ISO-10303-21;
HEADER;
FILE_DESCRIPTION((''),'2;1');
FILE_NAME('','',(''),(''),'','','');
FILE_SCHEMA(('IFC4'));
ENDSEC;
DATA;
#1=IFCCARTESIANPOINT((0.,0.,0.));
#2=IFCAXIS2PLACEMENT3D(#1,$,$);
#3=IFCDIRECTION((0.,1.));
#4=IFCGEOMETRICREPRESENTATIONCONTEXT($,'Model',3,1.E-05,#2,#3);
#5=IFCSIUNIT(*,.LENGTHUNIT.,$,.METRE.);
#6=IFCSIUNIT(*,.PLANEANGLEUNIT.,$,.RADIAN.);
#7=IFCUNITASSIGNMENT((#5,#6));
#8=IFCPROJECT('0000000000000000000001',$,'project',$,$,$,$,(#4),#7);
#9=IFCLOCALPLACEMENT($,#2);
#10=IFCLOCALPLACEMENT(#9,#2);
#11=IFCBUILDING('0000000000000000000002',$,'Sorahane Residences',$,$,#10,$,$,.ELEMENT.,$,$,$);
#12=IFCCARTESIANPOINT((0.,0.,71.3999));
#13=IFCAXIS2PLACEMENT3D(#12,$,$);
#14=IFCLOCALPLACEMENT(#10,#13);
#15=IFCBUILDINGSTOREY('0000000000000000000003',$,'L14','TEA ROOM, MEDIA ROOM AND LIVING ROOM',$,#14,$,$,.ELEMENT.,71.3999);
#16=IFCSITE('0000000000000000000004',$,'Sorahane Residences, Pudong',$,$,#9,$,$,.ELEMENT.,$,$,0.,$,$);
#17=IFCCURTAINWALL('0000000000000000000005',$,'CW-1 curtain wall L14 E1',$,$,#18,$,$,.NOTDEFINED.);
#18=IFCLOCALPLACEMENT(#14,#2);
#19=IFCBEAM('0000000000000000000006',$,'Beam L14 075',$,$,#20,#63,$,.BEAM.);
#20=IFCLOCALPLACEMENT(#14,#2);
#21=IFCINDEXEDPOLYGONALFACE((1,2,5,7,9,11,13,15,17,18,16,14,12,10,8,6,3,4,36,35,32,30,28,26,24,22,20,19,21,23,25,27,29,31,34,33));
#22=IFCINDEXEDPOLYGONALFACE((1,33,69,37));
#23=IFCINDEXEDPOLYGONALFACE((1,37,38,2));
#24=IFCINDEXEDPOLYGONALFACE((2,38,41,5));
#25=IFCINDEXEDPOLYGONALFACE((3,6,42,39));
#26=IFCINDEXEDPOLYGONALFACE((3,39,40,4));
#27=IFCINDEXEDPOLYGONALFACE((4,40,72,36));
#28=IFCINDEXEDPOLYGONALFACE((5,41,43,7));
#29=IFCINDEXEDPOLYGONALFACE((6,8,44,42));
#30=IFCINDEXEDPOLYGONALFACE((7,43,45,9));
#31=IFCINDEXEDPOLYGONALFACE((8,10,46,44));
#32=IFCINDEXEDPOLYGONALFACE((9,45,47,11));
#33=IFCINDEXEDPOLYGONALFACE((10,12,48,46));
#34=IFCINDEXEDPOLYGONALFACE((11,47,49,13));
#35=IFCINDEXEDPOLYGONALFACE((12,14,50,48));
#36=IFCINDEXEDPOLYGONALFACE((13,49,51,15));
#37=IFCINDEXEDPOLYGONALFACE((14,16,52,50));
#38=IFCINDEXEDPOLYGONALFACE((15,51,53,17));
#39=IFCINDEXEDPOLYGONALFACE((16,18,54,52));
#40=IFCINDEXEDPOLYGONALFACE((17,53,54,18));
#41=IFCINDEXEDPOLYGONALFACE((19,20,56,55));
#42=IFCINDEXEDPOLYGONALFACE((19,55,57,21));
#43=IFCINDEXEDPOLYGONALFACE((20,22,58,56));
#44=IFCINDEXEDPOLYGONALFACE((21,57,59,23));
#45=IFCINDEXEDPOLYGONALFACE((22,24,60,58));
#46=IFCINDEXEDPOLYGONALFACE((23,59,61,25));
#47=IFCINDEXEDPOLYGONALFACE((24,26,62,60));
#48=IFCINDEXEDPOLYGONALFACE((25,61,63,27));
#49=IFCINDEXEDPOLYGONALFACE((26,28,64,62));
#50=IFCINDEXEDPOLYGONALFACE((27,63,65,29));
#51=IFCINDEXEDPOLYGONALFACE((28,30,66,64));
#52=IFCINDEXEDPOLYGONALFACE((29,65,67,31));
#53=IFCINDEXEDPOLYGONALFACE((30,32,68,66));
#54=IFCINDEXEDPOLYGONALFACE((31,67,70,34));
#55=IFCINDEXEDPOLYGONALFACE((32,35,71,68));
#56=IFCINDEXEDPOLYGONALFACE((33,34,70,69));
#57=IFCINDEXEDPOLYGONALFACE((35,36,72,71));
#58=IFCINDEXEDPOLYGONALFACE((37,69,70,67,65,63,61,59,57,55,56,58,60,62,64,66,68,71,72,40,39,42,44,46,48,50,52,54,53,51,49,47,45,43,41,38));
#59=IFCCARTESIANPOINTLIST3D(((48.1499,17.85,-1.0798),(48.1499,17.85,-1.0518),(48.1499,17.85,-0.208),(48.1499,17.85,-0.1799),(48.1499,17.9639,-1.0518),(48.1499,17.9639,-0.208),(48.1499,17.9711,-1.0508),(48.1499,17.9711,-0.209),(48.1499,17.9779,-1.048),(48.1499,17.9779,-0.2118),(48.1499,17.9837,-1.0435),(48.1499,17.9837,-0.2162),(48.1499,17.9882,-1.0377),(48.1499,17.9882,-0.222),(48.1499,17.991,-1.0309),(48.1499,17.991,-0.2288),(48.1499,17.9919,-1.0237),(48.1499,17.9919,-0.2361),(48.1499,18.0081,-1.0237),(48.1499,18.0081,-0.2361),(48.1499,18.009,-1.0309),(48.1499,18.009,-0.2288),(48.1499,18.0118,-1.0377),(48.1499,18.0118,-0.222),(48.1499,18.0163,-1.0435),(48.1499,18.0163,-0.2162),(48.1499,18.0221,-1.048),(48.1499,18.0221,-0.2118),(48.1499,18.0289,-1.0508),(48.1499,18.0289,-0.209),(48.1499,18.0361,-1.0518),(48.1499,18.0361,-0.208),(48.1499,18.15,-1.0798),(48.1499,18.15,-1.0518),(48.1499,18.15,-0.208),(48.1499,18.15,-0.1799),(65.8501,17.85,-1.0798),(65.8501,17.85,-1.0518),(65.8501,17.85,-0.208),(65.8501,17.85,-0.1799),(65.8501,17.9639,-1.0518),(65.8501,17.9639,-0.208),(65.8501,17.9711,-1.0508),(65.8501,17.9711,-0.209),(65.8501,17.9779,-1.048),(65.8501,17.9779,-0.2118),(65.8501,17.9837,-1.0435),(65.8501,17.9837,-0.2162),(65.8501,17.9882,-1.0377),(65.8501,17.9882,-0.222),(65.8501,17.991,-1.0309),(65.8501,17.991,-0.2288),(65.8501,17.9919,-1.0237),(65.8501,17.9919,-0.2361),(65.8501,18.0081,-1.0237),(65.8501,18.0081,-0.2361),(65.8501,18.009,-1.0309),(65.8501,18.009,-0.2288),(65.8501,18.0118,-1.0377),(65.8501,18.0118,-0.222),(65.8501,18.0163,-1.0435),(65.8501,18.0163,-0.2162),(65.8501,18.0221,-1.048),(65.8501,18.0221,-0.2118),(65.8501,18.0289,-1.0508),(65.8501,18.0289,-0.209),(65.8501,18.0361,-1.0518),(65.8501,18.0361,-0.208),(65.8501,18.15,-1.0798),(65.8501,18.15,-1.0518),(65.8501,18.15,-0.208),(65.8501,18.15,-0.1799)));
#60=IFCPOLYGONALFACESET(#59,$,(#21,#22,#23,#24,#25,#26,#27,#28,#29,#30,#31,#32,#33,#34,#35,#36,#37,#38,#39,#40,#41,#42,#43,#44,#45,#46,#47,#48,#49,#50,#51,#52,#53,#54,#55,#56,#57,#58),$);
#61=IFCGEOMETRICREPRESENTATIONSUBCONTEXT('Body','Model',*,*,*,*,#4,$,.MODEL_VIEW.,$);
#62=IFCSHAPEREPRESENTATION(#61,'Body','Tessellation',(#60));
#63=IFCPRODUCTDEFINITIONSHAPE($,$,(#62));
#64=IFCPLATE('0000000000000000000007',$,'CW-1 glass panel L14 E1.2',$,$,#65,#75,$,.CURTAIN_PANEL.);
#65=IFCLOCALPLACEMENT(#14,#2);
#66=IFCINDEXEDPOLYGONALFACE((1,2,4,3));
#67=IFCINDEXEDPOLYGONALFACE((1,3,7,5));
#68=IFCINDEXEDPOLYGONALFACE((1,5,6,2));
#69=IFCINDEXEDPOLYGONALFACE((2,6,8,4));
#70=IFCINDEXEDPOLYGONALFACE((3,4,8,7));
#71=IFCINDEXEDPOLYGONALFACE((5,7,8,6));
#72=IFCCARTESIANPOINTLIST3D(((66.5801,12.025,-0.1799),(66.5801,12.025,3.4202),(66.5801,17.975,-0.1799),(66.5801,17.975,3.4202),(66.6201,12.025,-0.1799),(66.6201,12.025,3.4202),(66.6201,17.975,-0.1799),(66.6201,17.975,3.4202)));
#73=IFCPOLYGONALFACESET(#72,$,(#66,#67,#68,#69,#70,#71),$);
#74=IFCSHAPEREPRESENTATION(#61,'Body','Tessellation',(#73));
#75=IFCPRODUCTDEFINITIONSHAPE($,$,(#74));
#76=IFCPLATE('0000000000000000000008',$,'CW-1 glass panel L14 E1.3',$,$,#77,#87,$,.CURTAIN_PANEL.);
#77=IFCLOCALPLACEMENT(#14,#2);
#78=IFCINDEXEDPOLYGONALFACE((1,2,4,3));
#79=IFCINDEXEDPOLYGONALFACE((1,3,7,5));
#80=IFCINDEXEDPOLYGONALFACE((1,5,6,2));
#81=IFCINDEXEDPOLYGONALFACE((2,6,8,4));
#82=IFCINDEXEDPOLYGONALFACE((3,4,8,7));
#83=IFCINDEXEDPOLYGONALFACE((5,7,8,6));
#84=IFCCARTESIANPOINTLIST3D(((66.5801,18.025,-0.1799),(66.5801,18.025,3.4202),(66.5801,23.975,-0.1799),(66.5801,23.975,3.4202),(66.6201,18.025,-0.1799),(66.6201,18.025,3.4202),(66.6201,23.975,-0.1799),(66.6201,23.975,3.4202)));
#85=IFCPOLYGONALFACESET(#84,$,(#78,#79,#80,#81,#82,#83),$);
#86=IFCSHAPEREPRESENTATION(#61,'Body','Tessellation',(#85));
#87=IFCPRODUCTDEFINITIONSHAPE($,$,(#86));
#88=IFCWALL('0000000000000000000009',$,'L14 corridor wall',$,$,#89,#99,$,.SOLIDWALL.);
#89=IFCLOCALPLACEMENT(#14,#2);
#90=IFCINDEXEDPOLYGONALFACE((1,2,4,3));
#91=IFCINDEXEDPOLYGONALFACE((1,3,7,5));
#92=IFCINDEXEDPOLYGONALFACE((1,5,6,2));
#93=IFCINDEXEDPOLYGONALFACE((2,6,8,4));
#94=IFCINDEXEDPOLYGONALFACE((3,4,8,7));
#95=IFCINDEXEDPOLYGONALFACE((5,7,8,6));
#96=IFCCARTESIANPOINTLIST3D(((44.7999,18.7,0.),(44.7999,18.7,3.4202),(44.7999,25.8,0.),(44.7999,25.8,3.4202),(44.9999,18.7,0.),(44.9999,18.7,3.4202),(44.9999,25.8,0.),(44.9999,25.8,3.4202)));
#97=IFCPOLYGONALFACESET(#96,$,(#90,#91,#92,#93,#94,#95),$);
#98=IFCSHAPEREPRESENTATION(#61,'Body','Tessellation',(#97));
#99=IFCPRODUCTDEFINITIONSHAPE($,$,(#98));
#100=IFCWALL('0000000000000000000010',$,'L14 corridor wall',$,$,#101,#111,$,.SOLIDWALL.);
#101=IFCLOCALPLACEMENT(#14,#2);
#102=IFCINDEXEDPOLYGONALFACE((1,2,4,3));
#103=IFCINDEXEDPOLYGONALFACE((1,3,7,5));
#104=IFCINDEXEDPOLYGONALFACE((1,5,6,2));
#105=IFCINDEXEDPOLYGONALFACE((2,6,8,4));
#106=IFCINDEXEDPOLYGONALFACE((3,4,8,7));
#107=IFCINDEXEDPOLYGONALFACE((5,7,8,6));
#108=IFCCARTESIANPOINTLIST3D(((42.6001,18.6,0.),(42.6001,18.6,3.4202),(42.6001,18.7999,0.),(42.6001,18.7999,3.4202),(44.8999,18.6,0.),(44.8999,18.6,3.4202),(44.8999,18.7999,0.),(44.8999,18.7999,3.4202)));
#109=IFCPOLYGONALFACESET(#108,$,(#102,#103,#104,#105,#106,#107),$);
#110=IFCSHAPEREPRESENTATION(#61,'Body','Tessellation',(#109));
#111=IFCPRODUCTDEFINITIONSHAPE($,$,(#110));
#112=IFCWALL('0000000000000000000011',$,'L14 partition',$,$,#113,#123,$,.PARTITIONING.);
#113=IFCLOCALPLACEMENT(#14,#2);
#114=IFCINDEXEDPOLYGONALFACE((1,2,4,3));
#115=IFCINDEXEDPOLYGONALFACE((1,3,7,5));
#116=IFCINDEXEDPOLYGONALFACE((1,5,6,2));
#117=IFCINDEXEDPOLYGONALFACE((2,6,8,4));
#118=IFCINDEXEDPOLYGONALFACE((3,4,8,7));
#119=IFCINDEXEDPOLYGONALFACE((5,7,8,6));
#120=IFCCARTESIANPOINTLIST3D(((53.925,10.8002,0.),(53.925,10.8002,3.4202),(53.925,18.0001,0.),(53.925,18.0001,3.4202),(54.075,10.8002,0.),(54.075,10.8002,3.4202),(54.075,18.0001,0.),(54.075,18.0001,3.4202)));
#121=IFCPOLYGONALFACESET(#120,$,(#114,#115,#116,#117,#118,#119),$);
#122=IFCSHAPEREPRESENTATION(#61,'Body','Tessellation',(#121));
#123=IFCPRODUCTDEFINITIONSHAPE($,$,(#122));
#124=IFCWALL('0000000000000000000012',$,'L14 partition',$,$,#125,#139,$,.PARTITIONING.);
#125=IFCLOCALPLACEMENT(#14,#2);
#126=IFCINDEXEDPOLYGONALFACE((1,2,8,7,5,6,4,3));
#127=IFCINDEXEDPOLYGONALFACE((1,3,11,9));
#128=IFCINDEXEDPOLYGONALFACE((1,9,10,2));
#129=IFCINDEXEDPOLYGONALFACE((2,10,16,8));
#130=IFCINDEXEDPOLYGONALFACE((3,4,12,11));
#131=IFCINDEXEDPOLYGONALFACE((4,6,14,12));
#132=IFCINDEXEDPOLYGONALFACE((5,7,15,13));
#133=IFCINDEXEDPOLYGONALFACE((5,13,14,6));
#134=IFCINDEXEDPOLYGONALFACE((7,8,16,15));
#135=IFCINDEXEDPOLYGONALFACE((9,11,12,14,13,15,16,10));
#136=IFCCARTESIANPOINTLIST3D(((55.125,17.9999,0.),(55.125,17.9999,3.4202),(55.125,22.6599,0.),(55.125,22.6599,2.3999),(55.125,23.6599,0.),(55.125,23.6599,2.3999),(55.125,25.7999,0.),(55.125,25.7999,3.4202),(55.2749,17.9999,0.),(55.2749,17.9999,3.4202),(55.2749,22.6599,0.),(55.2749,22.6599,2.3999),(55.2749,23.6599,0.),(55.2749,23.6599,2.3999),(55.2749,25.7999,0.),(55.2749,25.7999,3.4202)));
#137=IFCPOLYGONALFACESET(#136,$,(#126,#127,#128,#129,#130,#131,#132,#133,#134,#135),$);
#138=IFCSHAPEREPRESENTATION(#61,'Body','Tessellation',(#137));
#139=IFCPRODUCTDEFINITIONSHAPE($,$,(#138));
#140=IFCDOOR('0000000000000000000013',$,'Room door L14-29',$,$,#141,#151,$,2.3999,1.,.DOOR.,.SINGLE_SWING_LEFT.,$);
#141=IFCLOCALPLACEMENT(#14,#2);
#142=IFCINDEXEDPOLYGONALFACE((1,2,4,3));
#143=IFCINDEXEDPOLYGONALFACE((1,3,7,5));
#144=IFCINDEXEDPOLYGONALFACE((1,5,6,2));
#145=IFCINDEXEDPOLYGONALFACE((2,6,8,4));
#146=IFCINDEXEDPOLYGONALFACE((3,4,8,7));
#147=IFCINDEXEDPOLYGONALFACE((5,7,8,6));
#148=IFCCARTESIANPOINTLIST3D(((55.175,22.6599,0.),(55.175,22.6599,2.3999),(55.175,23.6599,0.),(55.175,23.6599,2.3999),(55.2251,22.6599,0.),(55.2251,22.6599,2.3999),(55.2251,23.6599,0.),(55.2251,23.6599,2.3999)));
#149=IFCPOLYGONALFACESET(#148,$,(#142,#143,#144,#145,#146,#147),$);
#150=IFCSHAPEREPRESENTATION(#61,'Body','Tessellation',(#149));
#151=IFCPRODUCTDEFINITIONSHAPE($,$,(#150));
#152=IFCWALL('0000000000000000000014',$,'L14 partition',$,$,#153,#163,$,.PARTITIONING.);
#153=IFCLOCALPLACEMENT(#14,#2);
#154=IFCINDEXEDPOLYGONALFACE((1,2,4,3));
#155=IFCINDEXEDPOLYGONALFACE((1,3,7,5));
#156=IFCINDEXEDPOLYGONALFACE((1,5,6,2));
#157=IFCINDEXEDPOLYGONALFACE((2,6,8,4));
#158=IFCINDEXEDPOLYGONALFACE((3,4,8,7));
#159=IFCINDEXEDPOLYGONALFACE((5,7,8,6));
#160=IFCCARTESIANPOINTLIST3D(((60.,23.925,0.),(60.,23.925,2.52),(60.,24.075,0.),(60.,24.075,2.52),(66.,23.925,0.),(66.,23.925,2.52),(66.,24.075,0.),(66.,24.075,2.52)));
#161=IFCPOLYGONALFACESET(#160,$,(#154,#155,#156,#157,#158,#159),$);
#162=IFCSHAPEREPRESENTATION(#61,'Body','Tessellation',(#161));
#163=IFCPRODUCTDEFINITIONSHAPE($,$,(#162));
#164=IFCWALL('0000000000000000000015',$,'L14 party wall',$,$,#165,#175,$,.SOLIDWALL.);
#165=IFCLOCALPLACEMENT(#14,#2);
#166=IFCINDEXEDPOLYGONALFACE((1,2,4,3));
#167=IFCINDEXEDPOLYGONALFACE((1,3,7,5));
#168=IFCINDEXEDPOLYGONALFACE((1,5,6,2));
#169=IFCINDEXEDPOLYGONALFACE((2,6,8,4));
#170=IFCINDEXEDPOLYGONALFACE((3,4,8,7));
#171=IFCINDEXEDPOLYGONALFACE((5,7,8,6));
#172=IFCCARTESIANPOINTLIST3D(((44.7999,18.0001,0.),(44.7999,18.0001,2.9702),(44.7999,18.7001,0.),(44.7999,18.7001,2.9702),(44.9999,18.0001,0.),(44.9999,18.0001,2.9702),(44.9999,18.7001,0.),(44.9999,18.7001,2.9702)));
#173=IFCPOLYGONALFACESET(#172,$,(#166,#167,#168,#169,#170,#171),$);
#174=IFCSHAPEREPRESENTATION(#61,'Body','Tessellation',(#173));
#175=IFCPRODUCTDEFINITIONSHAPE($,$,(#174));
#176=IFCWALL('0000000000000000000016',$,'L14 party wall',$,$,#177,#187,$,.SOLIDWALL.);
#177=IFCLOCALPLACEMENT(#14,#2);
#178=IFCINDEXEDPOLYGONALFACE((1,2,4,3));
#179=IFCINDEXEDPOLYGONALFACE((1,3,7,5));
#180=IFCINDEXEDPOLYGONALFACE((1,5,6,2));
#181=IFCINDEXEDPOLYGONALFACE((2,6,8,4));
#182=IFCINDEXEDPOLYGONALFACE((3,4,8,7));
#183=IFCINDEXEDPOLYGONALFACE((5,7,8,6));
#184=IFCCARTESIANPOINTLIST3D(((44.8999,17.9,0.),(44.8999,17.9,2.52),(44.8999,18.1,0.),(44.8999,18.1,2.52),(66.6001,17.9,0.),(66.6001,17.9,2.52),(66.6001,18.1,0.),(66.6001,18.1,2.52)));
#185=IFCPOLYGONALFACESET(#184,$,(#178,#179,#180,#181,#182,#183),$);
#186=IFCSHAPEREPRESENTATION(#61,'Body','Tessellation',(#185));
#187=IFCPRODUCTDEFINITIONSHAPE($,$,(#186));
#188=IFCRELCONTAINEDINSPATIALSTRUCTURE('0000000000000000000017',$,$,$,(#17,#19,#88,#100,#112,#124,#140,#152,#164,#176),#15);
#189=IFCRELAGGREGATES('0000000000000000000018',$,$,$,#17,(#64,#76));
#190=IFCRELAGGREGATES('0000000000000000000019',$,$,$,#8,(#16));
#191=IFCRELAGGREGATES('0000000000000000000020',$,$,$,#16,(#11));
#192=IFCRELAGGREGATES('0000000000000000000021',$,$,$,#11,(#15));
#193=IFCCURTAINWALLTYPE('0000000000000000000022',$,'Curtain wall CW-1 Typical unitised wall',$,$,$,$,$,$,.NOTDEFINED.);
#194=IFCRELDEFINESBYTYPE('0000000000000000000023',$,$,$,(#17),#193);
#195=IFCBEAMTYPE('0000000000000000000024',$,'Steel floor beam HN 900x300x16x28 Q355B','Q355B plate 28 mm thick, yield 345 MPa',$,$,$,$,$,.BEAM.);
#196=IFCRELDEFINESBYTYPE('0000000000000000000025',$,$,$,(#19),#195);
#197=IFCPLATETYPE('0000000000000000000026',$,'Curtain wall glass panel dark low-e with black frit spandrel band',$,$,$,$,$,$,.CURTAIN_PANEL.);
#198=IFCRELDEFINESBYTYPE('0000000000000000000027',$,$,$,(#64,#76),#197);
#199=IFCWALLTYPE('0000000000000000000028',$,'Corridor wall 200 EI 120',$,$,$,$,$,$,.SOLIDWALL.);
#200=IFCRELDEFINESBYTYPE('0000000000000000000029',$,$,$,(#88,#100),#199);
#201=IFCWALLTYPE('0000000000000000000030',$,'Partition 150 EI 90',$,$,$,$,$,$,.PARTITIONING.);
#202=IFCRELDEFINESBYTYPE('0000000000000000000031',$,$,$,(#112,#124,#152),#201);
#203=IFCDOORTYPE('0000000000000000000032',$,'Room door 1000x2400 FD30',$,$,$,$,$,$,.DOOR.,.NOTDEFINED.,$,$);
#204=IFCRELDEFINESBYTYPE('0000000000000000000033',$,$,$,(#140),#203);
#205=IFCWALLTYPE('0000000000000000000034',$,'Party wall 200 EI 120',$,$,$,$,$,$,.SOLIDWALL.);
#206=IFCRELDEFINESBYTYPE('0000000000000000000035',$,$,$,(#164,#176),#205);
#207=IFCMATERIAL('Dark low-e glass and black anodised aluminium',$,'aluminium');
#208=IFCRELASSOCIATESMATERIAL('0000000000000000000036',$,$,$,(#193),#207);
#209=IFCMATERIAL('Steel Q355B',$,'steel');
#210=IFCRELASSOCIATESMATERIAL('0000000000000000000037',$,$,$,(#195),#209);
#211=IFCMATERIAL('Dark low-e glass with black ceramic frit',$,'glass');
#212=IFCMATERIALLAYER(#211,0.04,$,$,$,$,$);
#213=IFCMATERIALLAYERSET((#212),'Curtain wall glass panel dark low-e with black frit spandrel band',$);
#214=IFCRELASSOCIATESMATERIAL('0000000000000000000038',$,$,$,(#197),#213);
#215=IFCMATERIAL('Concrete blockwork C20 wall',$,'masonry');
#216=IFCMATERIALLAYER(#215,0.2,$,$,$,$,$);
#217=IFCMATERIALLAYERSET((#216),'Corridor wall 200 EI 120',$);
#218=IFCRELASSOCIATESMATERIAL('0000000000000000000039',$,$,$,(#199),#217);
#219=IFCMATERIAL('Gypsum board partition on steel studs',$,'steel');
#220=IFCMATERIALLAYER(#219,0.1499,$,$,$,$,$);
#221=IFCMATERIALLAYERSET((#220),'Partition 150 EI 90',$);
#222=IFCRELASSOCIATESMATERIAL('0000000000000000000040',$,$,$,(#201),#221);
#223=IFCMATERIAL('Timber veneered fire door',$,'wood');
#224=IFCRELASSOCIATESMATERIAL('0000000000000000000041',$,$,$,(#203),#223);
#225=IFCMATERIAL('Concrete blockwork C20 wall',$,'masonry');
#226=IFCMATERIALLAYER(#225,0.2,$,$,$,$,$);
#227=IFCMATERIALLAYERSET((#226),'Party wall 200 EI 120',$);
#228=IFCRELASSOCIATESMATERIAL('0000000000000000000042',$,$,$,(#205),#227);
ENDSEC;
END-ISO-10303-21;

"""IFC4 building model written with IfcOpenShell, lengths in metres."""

from ifc_helpers import new_model, si_unit, direction, frame, frame_2d, origin, origin_2d, place, context, subcontext, project, spatial, rectangle, i_section, extrude, material, layer, layer_set, material_profile, profile_set, type_object, element, fill, aggregate, save


model = new_model("IFC4")

# Units and contexts
model_context = context("Model", 3, precision=1e-05, world=origin(), true_north=direction((0.0, 1.0)))
body_context = subcontext(model_context, "Body", "Model", "MODEL_VIEW")
ifc_project = project(units=[si_unit("LENGTHUNIT", "METRE"), si_unit("PLANEANGLEUNIT", "RADIAN")], contexts=[model_context])

# Site, building, storey
site_placement = place(None, origin())
site = spatial("IfcSite", under=ifc_project, at=site_placement, Name="Sorahane Residences, Pudong", CompositionType="ELEMENT", RefElevation=0.0)
building_placement = place(site_placement, origin())
building = spatial("IfcBuilding", under=site, at=building_placement, Name="Sorahane Residences", CompositionType="ELEMENT")
storey_placement = place(building_placement, frame((0.0, 0.0, 71.3999)))
storey = spatial("IfcBuildingStorey", under=building, at=storey_placement, Name="L14", Description="TEA ROOM, MEDIA ROOM AND LIVING ROOM", CompositionType="ELEMENT", Elevation=71.3999)

# Curtain wall
ifc_material_1 = material(Name="Dark low-e glass and black anodised aluminium", Category="aluminium")
curtain_wall_type = type_object("IfcCurtainWallType", Name="Curtain wall CW-1 Typical unitised wall", PredefinedType="NOTDEFINED", material=ifc_material_1)
curtain_wall_placement = place(storey_placement, origin())
curtain_wall = element("IfcCurtainWall", 1, at=curtain_wall_placement, inside=storey, type_object=curtain_wall_type, Name="CW-1 curtain wall L14 E1", PredefinedType="NOTDEFINED")

# Beam
ifc_material_2 = material(Name="Steel Q355B", Category="steel")
ifc_material_profile_1 = material_profile(ifc_material_2, i_section(OverallWidth=0.3, OverallDepth=0.8999, WebThickness=0.0161, FlangeThickness=0.0281, FilletRadius=0.0281, at=origin_2d()), Name="HN 900x300x16x28")
ifc_profile_set_1 = profile_set([ifc_material_profile_1], Name="Steel Q355B")
beam_type_1 = type_object("IfcBeamType", Name="Steel floor beam HN 900x300x16x28 Q355B", Description="Q355B plate 28 mm thick, yield 345 MPa", PredefinedType="BEAM", material=ifc_profile_set_1)
beam_1_placement = place(storey_placement, frame((48.1499, 18.0, -0.6299), z_axis=(1.0, 0.0, 0.0), x_axis=(0.0, 1.0, 0.0)))
element("IfcBeam", 2, at=beam_1_placement, inside=storey, type_object=beam_type_1, Name="Beam L14 075", PredefinedType="BEAM", context=body_context, shape_type="SweptSolid", body=[
    extrude(i_section(OverallWidth=0.3, OverallDepth=0.8999, WebThickness=0.0161, FlangeThickness=0.0281, FilletRadius=0.0281, at=origin_2d()), origin(), (0.0, 0.0, 1.0), 17.7002),
])

# Plates
ifc_material_3 = material(Name="Dark low-e glass with black ceramic frit", Category="glass")
ifc_layer_1 = layer(ifc_material_3, 0.04)
ifc_layer_set_1 = layer_set([ifc_layer_1], Name="Curtain wall glass panel dark low-e with black frit spandrel band")
plate_type = type_object("IfcPlateType", Name="Curtain wall glass panel dark low-e with black frit spandrel band", PredefinedType="CURTAIN_PANEL", material=ifc_layer_set_1)
plate_1_placement = place(storey_placement, frame((66.6001, 15.0, -0.1799), z_axis=(0.0, 0.0, 1.0), x_axis=(0.0, 1.0, 0.0)))
plate_1 = element("IfcPlate", 3, at=plate_1_placement, type_object=plate_type, Name="CW-1 glass panel L14 E1.2", PredefinedType="CURTAIN_PANEL", context=body_context, shape_type="SweptSolid", body=[
    extrude(rectangle(XDim=5.95, YDim=0.04, at=origin_2d()), origin(), (0.0, 0.0, 1.0), 3.6001),
])
plate_2_placement = place(storey_placement, frame((66.6001, 21.0, -0.1799), z_axis=(0.0, 0.0, 1.0), x_axis=(0.0, 1.0, 0.0)))
plate_2 = element("IfcPlate", 4, at=plate_2_placement, type_object=plate_type, Name="CW-1 glass panel L14 E1.3", PredefinedType="CURTAIN_PANEL", context=body_context, shape_type="SweptSolid", body=[
    extrude(rectangle(XDim=5.95, YDim=0.04, at=origin_2d()), origin(), (0.0, 0.0, 1.0), 3.6001),
])
aggregate(curtain_wall, [plate_1, plate_2])

# Walls
ifc_material_4 = material(Name="Concrete blockwork C20 wall", Category="masonry")
ifc_layer_2 = layer(ifc_material_4, 0.2)
ifc_layer_set_2 = layer_set([ifc_layer_2], Name="Corridor wall 200 EI 120")
wall_type_1 = type_object("IfcWallType", Name="Corridor wall 200 EI 120", PredefinedType="SOLIDWALL", material=ifc_layer_set_2)
wall_1_placement = place(storey_placement, frame((44.8999, 18.7, 0.0), z_axis=(0.0, 0.0, 1.0), x_axis=(0.0, 1.0, 0.0)))
element("IfcWall", 5, at=wall_1_placement, inside=storey, type_object=wall_type_1, Name="L14 corridor wall", PredefinedType="SOLIDWALL", context=body_context, shape_type="SweptSolid", body=[
    extrude(rectangle(XDim=7.1001, YDim=0.2, at=frame_2d((3.55, 0.0))), origin(), (0.0, 0.0, 1.0), 3.4202),
])
wall_2_placement = place(storey_placement, frame((42.6001, 18.7, 0.0), z_axis=(0.0, 0.0, 1.0), x_axis=(1.0, 0.0, 0.0)))
element("IfcWall", 6, at=wall_2_placement, inside=storey, type_object=wall_type_1, Name="L14 corridor wall", PredefinedType="SOLIDWALL", context=body_context, shape_type="SweptSolid", body=[
    extrude(rectangle(XDim=2.2998, YDim=0.2, at=frame_2d((1.1499, 0.0))), origin(), (0.0, 0.0, 1.0), 3.4202),
])
ifc_material_5 = material(Name="Gypsum board partition on steel studs", Category="steel")
ifc_layer_3 = layer(ifc_material_5, 0.1499)
ifc_layer_set_3 = layer_set([ifc_layer_3], Name="Partition 150 EI 90")
wall_type_2 = type_object("IfcWallType", Name="Partition 150 EI 90", PredefinedType="PARTITIONING", material=ifc_layer_set_3)
wall_3_placement = place(storey_placement, frame((54.0, 10.8, 0.0), z_axis=(0.0, 0.0, 1.0), x_axis=(0.0, 1.0, 0.0)))
element("IfcWall", 7, at=wall_3_placement, inside=storey, type_object=wall_type_2, Name="L14 partition", PredefinedType="PARTITIONING", context=body_context, shape_type="SweptSolid", body=[
    extrude(rectangle(XDim=7.2, YDim=0.1499, at=frame_2d((3.6001, 0.0))), origin(), (0.0, 0.0, 1.0), 3.4202),
])

# Wall, opening, door
wall_4_placement = place(storey_placement, frame((55.2, 18.0, 0.0), z_axis=(0.0, 0.0, 1.0), x_axis=(0.0, 1.0, 0.0)))
wall_4 = element("IfcWall", 8, at=wall_4_placement, inside=storey, type_object=wall_type_2, Name="L14 partition", PredefinedType="PARTITIONING", context=body_context, shape_type="SweptSolid", body=[
    extrude(rectangle(XDim=7.8, YDim=0.1499, at=frame_2d((3.8999, 0.0))), origin(), (0.0, 0.0, 1.0), 3.4202),
])
opening_1_placement = place(wall_4_placement, frame((4.6599, 0.0, 0.0)))
opening_1 = element("IfcOpeningElement", 9, at=opening_1_placement, cuts=wall_4, PredefinedType="OPENING", context=body_context, shape_type="SweptSolid", body=[
    extrude(rectangle(XDim=1.0, YDim=2.3999, at=frame_2d((0.5, 1.2))), frame((0.0, 0.085, 0.0), z_axis=(0.0, -1.0, 0.0), x_axis=(1.0, 0.0, 0.0)), (0.0, 0.0, 1.0), 0.1699),
])
ifc_material_6 = material(Name="Timber veneered fire door", Category="wood")
door_type_1 = type_object("IfcDoorType", Name="Room door 1000x2400 FD30", OperationType="NOTDEFINED", PredefinedType="DOOR", material=ifc_material_6)
door_1_placement = place(opening_1_placement, origin())
door_1 = element("IfcDoor", 10, at=door_1_placement, inside=storey, type_object=door_type_1, Name="Room door L14-29", OperationType="SINGLE_SWING_LEFT", OverallHeight=2.3999, OverallWidth=1.0, PredefinedType="DOOR", context=body_context, shape_type="SweptSolid", body=[
    extrude(rectangle(XDim=1.0, YDim=2.3999, at=frame_2d((0.5, 1.2))), frame((0.0, 0.0249, 0.0), z_axis=(0.0, -1.0, 0.0), x_axis=(1.0, 0.0, 0.0)), (0.0, 0.0, 1.0), 0.05),
])
fill(opening_1, door_1)

# Walls
wall_5_placement = place(storey_placement, frame((60.0, 24.0, 0.0), z_axis=(0.0, 0.0, 1.0), x_axis=(1.0, 0.0, 0.0)))
element("IfcWall", 11, at=wall_5_placement, inside=storey, type_object=wall_type_2, Name="L14 partition", PredefinedType="PARTITIONING", context=body_context, shape_type="SweptSolid", body=[
    extrude(rectangle(XDim=6.0, YDim=0.1499, at=frame_2d((3.0, 0.0))), origin(), (0.0, 0.0, 1.0), 2.52),
])
ifc_material_7 = material(Name="Concrete blockwork C20 wall", Category="masonry")
ifc_layer_4 = layer(ifc_material_7, 0.2)
ifc_layer_set_4 = layer_set([ifc_layer_4], Name="Party wall 200 EI 120")
wall_type_3 = type_object("IfcWallType", Name="Party wall 200 EI 120", PredefinedType="SOLIDWALL", material=ifc_layer_set_4)
wall_6_placement = place(storey_placement, frame((44.8999, 18.0, 0.0), z_axis=(0.0, 0.0, 1.0), x_axis=(0.0, 1.0, 0.0)))
element("IfcWall", 12, at=wall_6_placement, inside=storey, type_object=wall_type_3, Name="L14 party wall", PredefinedType="SOLIDWALL", context=body_context, shape_type="SweptSolid", body=[
    extrude(rectangle(XDim=0.7, YDim=0.2, at=frame_2d((0.3501, 0.0))), origin(), (0.0, 0.0, 1.0), 2.9702),
])
wall_7_placement = place(storey_placement, frame((44.8999, 18.0, 0.0), z_axis=(0.0, 0.0, 1.0), x_axis=(1.0, 0.0, 0.0)))
element("IfcWall", 13, at=wall_7_placement, inside=storey, type_object=wall_type_3, Name="L14 party wall", PredefinedType="SOLIDWALL", context=body_context, shape_type="SweptSolid", body=[
    extrude(rectangle(XDim=21.7002, YDim=0.2, at=frame_2d((10.8501, 0.0))), origin(), (0.0, 0.0, 1.0), 2.52),
])

save(model, "model.ifc")
